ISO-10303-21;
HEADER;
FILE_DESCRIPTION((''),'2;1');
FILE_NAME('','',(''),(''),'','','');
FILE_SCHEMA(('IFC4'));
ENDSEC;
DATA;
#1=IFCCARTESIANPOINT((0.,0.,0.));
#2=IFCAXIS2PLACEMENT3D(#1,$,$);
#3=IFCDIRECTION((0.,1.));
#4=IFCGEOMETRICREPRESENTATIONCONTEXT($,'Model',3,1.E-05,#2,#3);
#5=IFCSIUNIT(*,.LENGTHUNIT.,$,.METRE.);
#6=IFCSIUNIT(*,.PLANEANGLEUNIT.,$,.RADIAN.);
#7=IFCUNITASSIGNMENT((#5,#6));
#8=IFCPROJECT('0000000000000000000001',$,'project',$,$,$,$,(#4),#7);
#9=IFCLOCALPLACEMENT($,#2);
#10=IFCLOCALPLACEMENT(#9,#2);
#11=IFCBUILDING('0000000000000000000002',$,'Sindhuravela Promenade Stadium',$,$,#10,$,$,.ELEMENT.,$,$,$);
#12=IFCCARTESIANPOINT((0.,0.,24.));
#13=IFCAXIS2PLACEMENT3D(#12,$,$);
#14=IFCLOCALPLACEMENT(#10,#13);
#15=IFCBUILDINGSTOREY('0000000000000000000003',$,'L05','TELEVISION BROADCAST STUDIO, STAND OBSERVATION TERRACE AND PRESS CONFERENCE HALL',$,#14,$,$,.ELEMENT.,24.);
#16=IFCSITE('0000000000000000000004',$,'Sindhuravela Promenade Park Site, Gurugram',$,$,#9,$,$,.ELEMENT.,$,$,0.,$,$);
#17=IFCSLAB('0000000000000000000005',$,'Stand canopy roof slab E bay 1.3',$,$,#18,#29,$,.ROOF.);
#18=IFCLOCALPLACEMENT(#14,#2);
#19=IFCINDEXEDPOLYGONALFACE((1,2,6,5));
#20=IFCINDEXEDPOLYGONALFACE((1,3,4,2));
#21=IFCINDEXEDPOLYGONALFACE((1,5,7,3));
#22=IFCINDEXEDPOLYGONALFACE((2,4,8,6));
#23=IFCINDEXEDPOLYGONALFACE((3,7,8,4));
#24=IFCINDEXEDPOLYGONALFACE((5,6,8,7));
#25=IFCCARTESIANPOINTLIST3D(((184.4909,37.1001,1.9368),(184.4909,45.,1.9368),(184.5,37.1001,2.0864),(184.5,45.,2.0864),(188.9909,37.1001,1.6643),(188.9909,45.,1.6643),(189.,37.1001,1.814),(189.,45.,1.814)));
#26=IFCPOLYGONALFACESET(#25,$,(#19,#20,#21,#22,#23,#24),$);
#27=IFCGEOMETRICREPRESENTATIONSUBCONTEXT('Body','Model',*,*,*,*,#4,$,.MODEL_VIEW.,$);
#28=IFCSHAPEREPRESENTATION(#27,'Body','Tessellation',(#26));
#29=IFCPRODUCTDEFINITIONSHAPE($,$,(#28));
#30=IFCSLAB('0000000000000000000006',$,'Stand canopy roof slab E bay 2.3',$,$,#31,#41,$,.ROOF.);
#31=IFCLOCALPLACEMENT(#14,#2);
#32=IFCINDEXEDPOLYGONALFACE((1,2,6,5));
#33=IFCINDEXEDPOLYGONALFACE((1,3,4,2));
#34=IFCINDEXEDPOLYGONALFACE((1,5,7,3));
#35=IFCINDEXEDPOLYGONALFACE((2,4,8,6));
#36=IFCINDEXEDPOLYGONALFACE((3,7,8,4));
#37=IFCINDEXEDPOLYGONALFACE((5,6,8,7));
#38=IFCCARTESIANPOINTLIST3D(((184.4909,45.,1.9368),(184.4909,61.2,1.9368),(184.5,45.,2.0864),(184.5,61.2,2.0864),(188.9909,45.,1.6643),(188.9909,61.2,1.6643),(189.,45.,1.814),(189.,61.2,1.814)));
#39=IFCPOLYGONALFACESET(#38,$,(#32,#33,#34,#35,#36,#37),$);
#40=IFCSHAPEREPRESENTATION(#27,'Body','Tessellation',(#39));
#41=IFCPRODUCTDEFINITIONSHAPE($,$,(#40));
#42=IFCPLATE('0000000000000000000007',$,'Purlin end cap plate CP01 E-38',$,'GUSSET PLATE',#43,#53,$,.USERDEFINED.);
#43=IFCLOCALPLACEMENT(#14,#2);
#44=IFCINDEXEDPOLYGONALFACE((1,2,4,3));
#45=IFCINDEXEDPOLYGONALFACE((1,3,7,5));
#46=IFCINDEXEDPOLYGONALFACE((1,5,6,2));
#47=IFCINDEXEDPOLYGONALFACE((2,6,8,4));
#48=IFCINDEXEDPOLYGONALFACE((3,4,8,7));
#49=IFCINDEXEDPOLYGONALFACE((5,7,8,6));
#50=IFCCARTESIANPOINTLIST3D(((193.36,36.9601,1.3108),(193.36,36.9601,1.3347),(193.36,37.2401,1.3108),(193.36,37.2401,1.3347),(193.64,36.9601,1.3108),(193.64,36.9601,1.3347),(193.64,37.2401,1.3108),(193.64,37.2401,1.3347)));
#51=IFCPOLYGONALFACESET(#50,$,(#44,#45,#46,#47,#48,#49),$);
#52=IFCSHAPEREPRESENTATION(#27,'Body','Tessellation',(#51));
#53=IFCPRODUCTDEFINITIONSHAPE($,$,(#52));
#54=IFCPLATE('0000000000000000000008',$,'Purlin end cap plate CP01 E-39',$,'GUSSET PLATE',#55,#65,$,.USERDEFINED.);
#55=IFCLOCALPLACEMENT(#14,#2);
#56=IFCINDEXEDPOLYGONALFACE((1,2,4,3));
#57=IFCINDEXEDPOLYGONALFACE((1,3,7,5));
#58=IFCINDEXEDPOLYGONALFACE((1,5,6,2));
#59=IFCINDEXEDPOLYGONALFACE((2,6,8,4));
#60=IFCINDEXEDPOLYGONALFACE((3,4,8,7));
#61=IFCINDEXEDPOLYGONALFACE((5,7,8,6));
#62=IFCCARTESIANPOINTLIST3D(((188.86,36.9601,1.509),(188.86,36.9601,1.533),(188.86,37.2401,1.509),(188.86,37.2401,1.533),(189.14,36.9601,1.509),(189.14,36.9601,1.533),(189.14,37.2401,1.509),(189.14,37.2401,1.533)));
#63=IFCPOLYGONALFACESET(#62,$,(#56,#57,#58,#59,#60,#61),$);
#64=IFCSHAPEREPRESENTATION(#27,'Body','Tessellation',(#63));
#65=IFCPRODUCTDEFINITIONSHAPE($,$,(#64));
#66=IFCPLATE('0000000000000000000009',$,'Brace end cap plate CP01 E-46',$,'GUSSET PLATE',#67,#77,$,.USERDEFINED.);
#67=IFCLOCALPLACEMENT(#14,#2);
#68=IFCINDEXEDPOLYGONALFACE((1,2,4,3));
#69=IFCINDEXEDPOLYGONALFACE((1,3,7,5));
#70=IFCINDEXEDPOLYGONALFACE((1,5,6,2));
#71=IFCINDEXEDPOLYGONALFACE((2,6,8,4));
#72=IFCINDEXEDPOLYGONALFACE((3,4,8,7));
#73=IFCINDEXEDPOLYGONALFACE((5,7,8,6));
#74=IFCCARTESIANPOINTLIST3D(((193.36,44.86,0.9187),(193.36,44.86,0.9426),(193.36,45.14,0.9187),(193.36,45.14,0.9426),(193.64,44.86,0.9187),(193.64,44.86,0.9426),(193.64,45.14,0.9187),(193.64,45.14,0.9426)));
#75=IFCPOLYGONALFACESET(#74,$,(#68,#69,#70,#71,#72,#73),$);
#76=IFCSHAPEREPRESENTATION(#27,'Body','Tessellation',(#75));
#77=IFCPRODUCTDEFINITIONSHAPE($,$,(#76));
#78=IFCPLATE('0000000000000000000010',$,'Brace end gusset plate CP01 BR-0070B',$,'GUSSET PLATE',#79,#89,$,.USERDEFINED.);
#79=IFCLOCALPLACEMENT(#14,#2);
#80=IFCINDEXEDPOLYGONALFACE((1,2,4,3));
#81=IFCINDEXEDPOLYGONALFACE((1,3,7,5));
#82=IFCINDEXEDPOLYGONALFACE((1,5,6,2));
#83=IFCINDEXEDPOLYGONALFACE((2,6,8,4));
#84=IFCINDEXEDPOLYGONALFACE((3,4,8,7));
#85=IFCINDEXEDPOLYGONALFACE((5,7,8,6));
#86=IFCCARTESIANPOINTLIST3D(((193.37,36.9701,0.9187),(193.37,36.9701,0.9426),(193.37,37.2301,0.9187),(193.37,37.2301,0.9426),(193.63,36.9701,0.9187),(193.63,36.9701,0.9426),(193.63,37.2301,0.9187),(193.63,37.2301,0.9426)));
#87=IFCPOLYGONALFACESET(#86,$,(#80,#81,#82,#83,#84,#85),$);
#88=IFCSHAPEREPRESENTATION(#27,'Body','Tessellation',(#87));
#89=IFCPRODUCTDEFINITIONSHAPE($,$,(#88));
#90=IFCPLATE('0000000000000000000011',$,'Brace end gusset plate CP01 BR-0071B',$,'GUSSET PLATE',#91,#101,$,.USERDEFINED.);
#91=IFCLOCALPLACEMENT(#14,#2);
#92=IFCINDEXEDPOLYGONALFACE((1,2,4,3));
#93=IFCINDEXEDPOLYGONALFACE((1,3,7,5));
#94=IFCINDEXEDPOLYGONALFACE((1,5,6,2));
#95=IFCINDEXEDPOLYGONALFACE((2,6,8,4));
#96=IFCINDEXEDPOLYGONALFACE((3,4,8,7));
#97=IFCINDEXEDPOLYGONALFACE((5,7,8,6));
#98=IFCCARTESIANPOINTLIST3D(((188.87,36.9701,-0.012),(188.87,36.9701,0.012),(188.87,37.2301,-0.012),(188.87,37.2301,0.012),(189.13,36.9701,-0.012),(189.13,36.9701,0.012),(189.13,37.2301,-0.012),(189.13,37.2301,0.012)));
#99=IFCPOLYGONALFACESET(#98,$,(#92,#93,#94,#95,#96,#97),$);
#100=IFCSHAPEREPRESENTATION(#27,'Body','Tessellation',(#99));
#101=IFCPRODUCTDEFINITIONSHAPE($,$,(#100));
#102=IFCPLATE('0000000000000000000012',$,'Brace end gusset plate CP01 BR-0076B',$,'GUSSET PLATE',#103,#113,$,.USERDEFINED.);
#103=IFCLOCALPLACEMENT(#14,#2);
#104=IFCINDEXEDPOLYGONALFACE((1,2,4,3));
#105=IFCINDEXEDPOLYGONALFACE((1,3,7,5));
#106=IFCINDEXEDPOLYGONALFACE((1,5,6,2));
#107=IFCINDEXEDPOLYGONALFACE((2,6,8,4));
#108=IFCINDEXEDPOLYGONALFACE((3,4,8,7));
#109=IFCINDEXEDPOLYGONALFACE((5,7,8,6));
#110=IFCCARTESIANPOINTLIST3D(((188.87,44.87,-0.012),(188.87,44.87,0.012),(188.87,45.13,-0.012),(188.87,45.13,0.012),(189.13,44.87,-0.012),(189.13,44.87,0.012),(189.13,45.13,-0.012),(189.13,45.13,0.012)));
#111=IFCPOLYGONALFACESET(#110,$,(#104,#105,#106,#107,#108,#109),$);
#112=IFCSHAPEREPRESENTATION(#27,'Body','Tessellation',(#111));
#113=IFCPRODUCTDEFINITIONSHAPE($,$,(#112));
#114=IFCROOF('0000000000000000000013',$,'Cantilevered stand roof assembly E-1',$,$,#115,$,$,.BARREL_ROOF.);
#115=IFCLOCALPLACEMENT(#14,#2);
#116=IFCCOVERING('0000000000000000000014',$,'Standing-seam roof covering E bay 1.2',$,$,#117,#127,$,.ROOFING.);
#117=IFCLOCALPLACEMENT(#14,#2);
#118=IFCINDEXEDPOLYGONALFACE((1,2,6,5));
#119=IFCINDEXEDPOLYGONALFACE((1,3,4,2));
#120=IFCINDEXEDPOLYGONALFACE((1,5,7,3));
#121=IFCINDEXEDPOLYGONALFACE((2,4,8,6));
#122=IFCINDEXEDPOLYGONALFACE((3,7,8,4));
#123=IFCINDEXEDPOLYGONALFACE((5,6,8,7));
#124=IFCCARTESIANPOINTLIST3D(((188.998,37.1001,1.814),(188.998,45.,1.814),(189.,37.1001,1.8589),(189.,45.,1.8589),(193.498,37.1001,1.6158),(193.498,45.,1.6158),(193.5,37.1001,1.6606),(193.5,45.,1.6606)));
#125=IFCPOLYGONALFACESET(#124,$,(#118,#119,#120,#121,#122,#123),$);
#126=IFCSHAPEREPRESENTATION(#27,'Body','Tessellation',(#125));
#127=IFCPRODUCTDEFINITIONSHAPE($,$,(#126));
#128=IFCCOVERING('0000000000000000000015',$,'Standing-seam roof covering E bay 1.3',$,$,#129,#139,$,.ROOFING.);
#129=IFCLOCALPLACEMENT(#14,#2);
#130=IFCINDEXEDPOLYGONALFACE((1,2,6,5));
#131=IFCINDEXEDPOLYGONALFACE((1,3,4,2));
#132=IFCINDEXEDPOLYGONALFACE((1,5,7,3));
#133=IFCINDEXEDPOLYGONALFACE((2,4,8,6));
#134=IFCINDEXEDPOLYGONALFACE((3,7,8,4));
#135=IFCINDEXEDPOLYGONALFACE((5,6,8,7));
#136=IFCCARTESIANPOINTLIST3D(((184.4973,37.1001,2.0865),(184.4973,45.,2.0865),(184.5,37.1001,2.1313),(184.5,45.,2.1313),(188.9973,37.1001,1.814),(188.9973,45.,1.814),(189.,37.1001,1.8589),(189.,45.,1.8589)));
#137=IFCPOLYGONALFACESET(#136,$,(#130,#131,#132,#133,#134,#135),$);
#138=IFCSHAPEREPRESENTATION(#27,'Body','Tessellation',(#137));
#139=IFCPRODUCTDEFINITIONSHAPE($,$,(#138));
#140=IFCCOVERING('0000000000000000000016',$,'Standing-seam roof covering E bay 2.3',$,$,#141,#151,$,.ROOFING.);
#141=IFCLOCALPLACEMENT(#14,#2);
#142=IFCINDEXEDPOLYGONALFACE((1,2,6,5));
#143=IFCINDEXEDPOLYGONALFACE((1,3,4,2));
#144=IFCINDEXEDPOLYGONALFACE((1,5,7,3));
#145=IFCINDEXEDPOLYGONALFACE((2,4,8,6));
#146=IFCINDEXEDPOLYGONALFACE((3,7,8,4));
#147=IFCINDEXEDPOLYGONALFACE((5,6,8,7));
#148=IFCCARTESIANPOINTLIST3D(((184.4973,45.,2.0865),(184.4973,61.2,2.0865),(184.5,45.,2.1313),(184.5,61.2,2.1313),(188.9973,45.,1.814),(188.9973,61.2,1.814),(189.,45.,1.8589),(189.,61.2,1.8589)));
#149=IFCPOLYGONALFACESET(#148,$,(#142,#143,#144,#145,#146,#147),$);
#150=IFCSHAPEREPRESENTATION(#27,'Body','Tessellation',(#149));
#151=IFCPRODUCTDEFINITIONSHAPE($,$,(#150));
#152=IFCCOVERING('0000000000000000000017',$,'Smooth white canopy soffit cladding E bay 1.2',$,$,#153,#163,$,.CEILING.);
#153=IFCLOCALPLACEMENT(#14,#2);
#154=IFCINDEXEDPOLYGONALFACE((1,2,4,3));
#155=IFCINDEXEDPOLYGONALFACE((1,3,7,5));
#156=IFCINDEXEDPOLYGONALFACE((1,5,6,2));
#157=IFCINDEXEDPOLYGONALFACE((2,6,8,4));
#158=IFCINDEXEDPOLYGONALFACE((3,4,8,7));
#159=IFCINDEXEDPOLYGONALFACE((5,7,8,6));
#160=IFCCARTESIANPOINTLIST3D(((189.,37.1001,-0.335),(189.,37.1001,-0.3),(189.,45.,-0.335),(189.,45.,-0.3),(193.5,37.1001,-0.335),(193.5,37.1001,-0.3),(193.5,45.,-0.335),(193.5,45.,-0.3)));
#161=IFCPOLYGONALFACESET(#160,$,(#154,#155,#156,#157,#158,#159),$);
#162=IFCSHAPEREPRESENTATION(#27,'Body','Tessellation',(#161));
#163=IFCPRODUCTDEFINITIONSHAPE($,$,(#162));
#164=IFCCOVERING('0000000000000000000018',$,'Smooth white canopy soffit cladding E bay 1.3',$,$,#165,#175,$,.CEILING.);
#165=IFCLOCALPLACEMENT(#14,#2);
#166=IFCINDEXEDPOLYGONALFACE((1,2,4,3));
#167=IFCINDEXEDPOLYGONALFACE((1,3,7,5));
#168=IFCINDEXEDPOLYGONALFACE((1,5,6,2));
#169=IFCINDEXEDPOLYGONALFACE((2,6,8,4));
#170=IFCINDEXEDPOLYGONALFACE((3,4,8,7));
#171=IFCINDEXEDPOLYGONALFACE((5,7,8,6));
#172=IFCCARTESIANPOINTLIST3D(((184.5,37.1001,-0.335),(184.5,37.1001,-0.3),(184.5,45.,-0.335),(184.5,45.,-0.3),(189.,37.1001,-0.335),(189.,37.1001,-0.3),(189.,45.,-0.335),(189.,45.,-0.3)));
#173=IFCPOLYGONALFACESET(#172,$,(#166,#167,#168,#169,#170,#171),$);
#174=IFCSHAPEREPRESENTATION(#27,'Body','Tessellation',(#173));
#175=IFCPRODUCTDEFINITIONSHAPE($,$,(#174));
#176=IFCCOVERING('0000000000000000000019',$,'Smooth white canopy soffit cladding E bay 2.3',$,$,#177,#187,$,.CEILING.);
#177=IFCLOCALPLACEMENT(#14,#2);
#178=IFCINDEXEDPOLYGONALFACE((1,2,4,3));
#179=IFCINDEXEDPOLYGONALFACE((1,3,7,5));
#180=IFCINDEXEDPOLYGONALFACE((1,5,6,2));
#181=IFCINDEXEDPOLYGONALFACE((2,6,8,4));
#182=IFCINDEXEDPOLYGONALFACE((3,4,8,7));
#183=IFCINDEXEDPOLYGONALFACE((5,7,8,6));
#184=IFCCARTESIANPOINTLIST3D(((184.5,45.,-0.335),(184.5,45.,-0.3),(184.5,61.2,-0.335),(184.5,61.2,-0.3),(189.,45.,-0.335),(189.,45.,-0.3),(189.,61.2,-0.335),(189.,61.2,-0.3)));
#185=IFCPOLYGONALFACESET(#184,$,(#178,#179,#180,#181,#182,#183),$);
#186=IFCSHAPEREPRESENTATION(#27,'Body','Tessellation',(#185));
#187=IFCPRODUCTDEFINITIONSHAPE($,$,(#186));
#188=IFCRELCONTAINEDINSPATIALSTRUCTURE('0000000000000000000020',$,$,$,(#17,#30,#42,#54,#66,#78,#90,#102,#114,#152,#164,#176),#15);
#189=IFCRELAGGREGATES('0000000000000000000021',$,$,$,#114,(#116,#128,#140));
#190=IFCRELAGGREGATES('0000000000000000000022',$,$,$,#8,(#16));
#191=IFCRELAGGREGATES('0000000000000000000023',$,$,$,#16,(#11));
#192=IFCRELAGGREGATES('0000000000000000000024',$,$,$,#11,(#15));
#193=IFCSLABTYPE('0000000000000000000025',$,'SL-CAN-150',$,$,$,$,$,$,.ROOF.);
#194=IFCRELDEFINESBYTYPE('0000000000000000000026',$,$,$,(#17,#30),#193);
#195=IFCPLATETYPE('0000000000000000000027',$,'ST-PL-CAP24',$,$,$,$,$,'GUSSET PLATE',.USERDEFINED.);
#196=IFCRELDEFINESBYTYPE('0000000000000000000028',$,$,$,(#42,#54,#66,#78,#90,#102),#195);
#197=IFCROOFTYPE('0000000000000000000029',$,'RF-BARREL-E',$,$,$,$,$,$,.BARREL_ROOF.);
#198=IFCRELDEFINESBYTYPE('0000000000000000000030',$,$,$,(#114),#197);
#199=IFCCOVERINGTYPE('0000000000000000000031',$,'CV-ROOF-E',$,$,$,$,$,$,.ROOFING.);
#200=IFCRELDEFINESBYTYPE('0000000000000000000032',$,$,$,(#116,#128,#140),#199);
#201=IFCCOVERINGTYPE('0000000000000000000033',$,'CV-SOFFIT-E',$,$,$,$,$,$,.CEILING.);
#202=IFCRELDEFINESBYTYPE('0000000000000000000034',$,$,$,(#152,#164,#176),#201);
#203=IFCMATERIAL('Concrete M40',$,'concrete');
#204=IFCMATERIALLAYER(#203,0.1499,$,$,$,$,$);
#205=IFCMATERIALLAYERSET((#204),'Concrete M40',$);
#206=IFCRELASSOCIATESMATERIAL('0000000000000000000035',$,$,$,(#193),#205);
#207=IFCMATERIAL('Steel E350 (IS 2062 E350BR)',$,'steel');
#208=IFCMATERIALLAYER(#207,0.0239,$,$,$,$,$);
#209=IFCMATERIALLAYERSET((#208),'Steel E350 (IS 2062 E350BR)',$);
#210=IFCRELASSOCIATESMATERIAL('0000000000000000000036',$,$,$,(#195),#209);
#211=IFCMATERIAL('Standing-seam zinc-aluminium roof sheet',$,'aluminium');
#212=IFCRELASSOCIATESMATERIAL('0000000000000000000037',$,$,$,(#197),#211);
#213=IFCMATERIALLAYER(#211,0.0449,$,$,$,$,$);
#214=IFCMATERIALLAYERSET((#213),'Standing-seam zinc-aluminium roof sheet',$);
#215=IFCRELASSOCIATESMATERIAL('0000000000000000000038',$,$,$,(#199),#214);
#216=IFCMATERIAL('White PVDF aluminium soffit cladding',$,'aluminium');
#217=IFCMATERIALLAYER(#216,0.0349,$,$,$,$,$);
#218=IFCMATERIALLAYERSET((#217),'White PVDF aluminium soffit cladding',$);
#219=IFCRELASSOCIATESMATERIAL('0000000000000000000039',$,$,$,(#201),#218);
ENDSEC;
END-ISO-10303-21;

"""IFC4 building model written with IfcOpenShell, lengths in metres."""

from ifc_helpers import new_model, si_unit, direction, frame, origin, origin_2d, place, context, subcontext, project, spatial, polyline, rectangle, outline, extrude, material, layer, layer_set, type_object, element, aggregate, save


model = new_model("IFC4")

# Units and contexts
model_context = context("Model", 3, precision=1e-05, world=origin(), true_north=direction((0.0, 1.0)))
body_context = subcontext(model_context, "Body", "Model", "MODEL_VIEW")
ifc_project = project(units=[si_unit("LENGTHUNIT", "METRE"), si_unit("PLANEANGLEUNIT", "RADIAN")], contexts=[model_context])

# Site, building, storey
site_placement = place(None, origin())
site = spatial("IfcSite", under=ifc_project, at=site_placement, Name="Sindhuravela Promenade Park Site, Gurugram", CompositionType="ELEMENT", RefElevation=0.0)
building_placement = place(site_placement, origin())
building = spatial("IfcBuilding", under=site, at=building_placement, Name="Sindhuravela Promenade Stadium", CompositionType="ELEMENT")
storey_placement = place(building_placement, frame((0.0, 0.0, 24.0)))
storey = spatial("IfcBuildingStorey", under=building, at=storey_placement, Name="L05", Description="TELEVISION BROADCAST STUDIO, STAND OBSERVATION TERRACE AND PRESS CONFERENCE HALL", CompositionType="ELEMENT", Elevation=24.0)

# Shared definitions
ifc_material_1 = material(Name="Concrete M40", Category="concrete")
ifc_material_2 = material(Name="Steel E350 (IS 2062 E350BR)", Category="steel")

# Slabs
ifc_layer_1 = layer(ifc_material_1, 0.1499)
ifc_layer_set_1 = layer_set([ifc_layer_1], Name="Concrete M40")
slab_type = type_object("IfcSlabType", Name="SL-CAN-150", PredefinedType="ROOF", material=ifc_layer_set_1)
slab_1_placement = place(storey_placement, frame((189.0, 37.1001, 1.814), z_axis=(0.060436, 0.0, 0.998172), x_axis=(0.0, 1.0, 0.0)))
element("IfcSlab", 1, at=slab_1_placement, inside=storey, type_object=slab_type, Name="Stand canopy roof slab E bay 1.3", PredefinedType="ROOF", context=body_context, shape_type="SweptSolid", body=[
    extrude(outline(polyline([(0.0, 0.0), (7.8999, 0.0), (7.8999, 4.5082), (0.0, 4.5082), (0.0, 0.0)])), origin(), (0.0, 0.0, -1.0), 0.1499),
])
slab_2_placement = place(storey_placement, frame((189.0, 45.0, 1.814), z_axis=(0.060436, 0.0, 0.998172), x_axis=(0.0, 1.0, 0.0)))
element("IfcSlab", 2, at=slab_2_placement, inside=storey, type_object=slab_type, Name="Stand canopy roof slab E bay 2.3", PredefinedType="ROOF", context=body_context, shape_type="SweptSolid", body=[
    extrude(outline(polyline([(0.0, 0.0), (16.2, 0.0), (16.2, 4.5082), (0.0, 4.5082), (0.0, 0.0)])), origin(), (0.0, 0.0, -1.0), 0.1499),
])

# Plates
ifc_layer_2 = layer(ifc_material_2, 0.0239)
ifc_layer_set_2 = layer_set([ifc_layer_2], Name="Steel E350 (IS 2062 E350BR)")
plate_type = type_object("IfcPlateType", Name="ST-PL-CAP24", ElementType="GUSSET PLATE", PredefinedType="USERDEFINED", material=ifc_layer_set_2)
for number, where, z_axis, x_axis, name in (
    (3, (193.5, 37.1001, 1.3108), (0.0, 0.0, 1.0), (1.0, 0.0, 0.0), "Purlin end cap plate CP01 E-38"),
    (4, (189.0, 37.1001, 1.509), (0.0, 0.0, 1.0), (1.0, 0.0, 0.0), "Purlin end cap plate CP01 E-39"),
    (5, (193.5, 45.0, 0.9187), (0.0, 0.0, 1.0), (1.0, 0.0, 0.0), "Brace end cap plate CP01 E-46"),
):
    element("IfcPlate", number, at=place(storey_placement, frame(where, z_axis=z_axis, x_axis=x_axis)), inside=storey, type_object=plate_type, Name=name, ObjectType="GUSSET PLATE", PredefinedType="USERDEFINED", context=body_context, shape_type="SweptSolid", body=[
        extrude(rectangle(XDim=0.28, YDim=0.28, at=origin_2d()), origin(), (0.0, 0.0, 1.0), 0.0239),
    ])
for number, where, z_axis, x_axis, name in (
    (6, (193.5, 37.1001, 0.9187), (0.0, 0.0, 1.0), (1.0, 0.0, 0.0), "Brace end gusset plate CP01 BR-0070B"),
    (7, (189.0, 37.1001, -0.012), (0.0, 0.0, 1.0), (1.0, 0.0, 0.0), "Brace end gusset plate CP01 BR-0071B"),
    (8, (189.0, 45.0, -0.012), (0.0, 0.0, 1.0), (1.0, 0.0, 0.0), "Brace end gusset plate CP01 BR-0076B"),
):
    element("IfcPlate", number, at=place(storey_placement, frame(where, z_axis=z_axis, x_axis=x_axis)), inside=storey, type_object=plate_type, Name=name, ObjectType="GUSSET PLATE", PredefinedType="USERDEFINED", context=body_context, shape_type="SweptSolid", body=[
        extrude(rectangle(XDim=0.26, YDim=0.26, at=origin_2d()), origin(), (0.0, 0.0, 1.0), 0.0239),
    ])

# Roof, coverings
ifc_material_3 = material(Name="Standing-seam zinc-aluminium roof sheet", Category="aluminium")
roof_type = type_object("IfcRoofType", Name="RF-BARREL-E", PredefinedType="BARREL_ROOF", material=ifc_material_3)
roof_placement = place(storey_placement, origin())
roof = element("IfcRoof", 9, at=roof_placement, inside=storey, type_object=roof_type, Name="Cantilevered stand roof assembly E-1", PredefinedType="BARREL_ROOF")
ifc_layer_3 = layer(ifc_material_3, 0.0449)
ifc_layer_set_3 = layer_set([ifc_layer_3], Name="Standing-seam zinc-aluminium roof sheet")
covering_type_1 = type_object("IfcCoveringType", Name="CV-ROOF-E", PredefinedType="ROOFING", material=ifc_layer_set_3)
covering_1_placement = place(storey_placement, frame((193.5, 37.1001, 1.6606), z_axis=(0.044011, 0.0, 0.999031), x_axis=(0.0, 1.0, 0.0)))
covering_1 = element("IfcCovering", 10, at=covering_1_placement, type_object=covering_type_1, Name="Standing-seam roof covering E bay 1.2", PredefinedType="ROOFING", context=body_context, shape_type="SweptSolid", body=[
    extrude(outline(polyline([(0.0, 0.0), (7.8999, 0.0), (7.8999, 4.5044), (0.0, 4.5044), (0.0, 0.0)])), origin(), (0.0, 0.0, -1.0), 0.0449),
])
covering_2_placement = place(storey_placement, frame((189.0, 37.1001, 1.8589), z_axis=(0.060436, 0.0, 0.998172), x_axis=(0.0, 1.0, 0.0)))
covering_2 = element("IfcCovering", 11, at=covering_2_placement, type_object=covering_type_1, Name="Standing-seam roof covering E bay 1.3", PredefinedType="ROOFING", context=body_context, shape_type="SweptSolid", body=[
    extrude(outline(polyline([(0.0, 0.0), (7.8999, 0.0), (7.8999, 4.5082), (0.0, 4.5082), (0.0, 0.0)])), origin(), (0.0, 0.0, -1.0), 0.0449),
])
covering_3_placement = place(storey_placement, frame((189.0, 45.0, 1.8589), z_axis=(0.060436, 0.0, 0.998172), x_axis=(0.0, 1.0, 0.0)))
covering_3 = element("IfcCovering", 12, at=covering_3_placement, type_object=covering_type_1, Name="Standing-seam roof covering E bay 2.3", PredefinedType="ROOFING", context=body_context, shape_type="SweptSolid", body=[
    extrude(outline(polyline([(0.0, 0.0), (16.2, 0.0), (16.2, 4.5082), (0.0, 4.5082), (0.0, 0.0)])), origin(), (0.0, 0.0, -1.0), 0.0449),
])
aggregate(roof, [covering_1, covering_2, covering_3])

# Coverings
ifc_material_4 = material(Name="White PVDF aluminium soffit cladding", Category="aluminium")
ifc_layer_4 = layer(ifc_material_4, 0.0349)
ifc_layer_set_4 = layer_set([ifc_layer_4], Name="White PVDF aluminium soffit cladding")
covering_type_2 = type_object("IfcCoveringType", Name="CV-SOFFIT-E", PredefinedType="CEILING", material=ifc_layer_set_4)
for number, where, z_axis, x_axis, name in (
    (13, (193.5, 37.1001, -0.3), (0.0, 0.0, 1.0), (0.0, 1.0, 0.0), "Smooth white canopy soffit cladding E bay 1.2"),
    (14, (189.0, 37.1001, -0.3), (0.0, 0.0, 1.0), (0.0, 1.0, 0.0), "Smooth white canopy soffit cladding E bay 1.3"),
):
    element("IfcCovering", number, at=place(storey_placement, frame(where, z_axis=z_axis, x_axis=x_axis)), inside=storey, type_object=covering_type_2, Name=name, PredefinedType="CEILING", context=body_context, shape_type="SweptSolid", body=[
        extrude(outline(polyline([(0.0, 0.0), (7.8999, 0.0), (7.8999, 4.5), (0.0, 4.5), (0.0, 0.0)])), origin(), (0.0, 0.0, -1.0), 0.0349),
    ])
covering_4_placement = place(storey_placement, frame((189.0, 45.0, -0.3), z_axis=(0.0, 0.0, 1.0), x_axis=(0.0, 1.0, 0.0)))
element("IfcCovering", 15, at=covering_4_placement, inside=storey, type_object=covering_type_2, Name="Smooth white canopy soffit cladding E bay 2.3", PredefinedType="CEILING", context=body_context, shape_type="SweptSolid", body=[
    extrude(outline(polyline([(0.0, 0.0), (16.2, 0.0), (16.2, 4.5), (0.0, 4.5), (0.0, 0.0)])), origin(), (0.0, 0.0, -1.0), 0.0349),
])

save(model, "model.ifc")
